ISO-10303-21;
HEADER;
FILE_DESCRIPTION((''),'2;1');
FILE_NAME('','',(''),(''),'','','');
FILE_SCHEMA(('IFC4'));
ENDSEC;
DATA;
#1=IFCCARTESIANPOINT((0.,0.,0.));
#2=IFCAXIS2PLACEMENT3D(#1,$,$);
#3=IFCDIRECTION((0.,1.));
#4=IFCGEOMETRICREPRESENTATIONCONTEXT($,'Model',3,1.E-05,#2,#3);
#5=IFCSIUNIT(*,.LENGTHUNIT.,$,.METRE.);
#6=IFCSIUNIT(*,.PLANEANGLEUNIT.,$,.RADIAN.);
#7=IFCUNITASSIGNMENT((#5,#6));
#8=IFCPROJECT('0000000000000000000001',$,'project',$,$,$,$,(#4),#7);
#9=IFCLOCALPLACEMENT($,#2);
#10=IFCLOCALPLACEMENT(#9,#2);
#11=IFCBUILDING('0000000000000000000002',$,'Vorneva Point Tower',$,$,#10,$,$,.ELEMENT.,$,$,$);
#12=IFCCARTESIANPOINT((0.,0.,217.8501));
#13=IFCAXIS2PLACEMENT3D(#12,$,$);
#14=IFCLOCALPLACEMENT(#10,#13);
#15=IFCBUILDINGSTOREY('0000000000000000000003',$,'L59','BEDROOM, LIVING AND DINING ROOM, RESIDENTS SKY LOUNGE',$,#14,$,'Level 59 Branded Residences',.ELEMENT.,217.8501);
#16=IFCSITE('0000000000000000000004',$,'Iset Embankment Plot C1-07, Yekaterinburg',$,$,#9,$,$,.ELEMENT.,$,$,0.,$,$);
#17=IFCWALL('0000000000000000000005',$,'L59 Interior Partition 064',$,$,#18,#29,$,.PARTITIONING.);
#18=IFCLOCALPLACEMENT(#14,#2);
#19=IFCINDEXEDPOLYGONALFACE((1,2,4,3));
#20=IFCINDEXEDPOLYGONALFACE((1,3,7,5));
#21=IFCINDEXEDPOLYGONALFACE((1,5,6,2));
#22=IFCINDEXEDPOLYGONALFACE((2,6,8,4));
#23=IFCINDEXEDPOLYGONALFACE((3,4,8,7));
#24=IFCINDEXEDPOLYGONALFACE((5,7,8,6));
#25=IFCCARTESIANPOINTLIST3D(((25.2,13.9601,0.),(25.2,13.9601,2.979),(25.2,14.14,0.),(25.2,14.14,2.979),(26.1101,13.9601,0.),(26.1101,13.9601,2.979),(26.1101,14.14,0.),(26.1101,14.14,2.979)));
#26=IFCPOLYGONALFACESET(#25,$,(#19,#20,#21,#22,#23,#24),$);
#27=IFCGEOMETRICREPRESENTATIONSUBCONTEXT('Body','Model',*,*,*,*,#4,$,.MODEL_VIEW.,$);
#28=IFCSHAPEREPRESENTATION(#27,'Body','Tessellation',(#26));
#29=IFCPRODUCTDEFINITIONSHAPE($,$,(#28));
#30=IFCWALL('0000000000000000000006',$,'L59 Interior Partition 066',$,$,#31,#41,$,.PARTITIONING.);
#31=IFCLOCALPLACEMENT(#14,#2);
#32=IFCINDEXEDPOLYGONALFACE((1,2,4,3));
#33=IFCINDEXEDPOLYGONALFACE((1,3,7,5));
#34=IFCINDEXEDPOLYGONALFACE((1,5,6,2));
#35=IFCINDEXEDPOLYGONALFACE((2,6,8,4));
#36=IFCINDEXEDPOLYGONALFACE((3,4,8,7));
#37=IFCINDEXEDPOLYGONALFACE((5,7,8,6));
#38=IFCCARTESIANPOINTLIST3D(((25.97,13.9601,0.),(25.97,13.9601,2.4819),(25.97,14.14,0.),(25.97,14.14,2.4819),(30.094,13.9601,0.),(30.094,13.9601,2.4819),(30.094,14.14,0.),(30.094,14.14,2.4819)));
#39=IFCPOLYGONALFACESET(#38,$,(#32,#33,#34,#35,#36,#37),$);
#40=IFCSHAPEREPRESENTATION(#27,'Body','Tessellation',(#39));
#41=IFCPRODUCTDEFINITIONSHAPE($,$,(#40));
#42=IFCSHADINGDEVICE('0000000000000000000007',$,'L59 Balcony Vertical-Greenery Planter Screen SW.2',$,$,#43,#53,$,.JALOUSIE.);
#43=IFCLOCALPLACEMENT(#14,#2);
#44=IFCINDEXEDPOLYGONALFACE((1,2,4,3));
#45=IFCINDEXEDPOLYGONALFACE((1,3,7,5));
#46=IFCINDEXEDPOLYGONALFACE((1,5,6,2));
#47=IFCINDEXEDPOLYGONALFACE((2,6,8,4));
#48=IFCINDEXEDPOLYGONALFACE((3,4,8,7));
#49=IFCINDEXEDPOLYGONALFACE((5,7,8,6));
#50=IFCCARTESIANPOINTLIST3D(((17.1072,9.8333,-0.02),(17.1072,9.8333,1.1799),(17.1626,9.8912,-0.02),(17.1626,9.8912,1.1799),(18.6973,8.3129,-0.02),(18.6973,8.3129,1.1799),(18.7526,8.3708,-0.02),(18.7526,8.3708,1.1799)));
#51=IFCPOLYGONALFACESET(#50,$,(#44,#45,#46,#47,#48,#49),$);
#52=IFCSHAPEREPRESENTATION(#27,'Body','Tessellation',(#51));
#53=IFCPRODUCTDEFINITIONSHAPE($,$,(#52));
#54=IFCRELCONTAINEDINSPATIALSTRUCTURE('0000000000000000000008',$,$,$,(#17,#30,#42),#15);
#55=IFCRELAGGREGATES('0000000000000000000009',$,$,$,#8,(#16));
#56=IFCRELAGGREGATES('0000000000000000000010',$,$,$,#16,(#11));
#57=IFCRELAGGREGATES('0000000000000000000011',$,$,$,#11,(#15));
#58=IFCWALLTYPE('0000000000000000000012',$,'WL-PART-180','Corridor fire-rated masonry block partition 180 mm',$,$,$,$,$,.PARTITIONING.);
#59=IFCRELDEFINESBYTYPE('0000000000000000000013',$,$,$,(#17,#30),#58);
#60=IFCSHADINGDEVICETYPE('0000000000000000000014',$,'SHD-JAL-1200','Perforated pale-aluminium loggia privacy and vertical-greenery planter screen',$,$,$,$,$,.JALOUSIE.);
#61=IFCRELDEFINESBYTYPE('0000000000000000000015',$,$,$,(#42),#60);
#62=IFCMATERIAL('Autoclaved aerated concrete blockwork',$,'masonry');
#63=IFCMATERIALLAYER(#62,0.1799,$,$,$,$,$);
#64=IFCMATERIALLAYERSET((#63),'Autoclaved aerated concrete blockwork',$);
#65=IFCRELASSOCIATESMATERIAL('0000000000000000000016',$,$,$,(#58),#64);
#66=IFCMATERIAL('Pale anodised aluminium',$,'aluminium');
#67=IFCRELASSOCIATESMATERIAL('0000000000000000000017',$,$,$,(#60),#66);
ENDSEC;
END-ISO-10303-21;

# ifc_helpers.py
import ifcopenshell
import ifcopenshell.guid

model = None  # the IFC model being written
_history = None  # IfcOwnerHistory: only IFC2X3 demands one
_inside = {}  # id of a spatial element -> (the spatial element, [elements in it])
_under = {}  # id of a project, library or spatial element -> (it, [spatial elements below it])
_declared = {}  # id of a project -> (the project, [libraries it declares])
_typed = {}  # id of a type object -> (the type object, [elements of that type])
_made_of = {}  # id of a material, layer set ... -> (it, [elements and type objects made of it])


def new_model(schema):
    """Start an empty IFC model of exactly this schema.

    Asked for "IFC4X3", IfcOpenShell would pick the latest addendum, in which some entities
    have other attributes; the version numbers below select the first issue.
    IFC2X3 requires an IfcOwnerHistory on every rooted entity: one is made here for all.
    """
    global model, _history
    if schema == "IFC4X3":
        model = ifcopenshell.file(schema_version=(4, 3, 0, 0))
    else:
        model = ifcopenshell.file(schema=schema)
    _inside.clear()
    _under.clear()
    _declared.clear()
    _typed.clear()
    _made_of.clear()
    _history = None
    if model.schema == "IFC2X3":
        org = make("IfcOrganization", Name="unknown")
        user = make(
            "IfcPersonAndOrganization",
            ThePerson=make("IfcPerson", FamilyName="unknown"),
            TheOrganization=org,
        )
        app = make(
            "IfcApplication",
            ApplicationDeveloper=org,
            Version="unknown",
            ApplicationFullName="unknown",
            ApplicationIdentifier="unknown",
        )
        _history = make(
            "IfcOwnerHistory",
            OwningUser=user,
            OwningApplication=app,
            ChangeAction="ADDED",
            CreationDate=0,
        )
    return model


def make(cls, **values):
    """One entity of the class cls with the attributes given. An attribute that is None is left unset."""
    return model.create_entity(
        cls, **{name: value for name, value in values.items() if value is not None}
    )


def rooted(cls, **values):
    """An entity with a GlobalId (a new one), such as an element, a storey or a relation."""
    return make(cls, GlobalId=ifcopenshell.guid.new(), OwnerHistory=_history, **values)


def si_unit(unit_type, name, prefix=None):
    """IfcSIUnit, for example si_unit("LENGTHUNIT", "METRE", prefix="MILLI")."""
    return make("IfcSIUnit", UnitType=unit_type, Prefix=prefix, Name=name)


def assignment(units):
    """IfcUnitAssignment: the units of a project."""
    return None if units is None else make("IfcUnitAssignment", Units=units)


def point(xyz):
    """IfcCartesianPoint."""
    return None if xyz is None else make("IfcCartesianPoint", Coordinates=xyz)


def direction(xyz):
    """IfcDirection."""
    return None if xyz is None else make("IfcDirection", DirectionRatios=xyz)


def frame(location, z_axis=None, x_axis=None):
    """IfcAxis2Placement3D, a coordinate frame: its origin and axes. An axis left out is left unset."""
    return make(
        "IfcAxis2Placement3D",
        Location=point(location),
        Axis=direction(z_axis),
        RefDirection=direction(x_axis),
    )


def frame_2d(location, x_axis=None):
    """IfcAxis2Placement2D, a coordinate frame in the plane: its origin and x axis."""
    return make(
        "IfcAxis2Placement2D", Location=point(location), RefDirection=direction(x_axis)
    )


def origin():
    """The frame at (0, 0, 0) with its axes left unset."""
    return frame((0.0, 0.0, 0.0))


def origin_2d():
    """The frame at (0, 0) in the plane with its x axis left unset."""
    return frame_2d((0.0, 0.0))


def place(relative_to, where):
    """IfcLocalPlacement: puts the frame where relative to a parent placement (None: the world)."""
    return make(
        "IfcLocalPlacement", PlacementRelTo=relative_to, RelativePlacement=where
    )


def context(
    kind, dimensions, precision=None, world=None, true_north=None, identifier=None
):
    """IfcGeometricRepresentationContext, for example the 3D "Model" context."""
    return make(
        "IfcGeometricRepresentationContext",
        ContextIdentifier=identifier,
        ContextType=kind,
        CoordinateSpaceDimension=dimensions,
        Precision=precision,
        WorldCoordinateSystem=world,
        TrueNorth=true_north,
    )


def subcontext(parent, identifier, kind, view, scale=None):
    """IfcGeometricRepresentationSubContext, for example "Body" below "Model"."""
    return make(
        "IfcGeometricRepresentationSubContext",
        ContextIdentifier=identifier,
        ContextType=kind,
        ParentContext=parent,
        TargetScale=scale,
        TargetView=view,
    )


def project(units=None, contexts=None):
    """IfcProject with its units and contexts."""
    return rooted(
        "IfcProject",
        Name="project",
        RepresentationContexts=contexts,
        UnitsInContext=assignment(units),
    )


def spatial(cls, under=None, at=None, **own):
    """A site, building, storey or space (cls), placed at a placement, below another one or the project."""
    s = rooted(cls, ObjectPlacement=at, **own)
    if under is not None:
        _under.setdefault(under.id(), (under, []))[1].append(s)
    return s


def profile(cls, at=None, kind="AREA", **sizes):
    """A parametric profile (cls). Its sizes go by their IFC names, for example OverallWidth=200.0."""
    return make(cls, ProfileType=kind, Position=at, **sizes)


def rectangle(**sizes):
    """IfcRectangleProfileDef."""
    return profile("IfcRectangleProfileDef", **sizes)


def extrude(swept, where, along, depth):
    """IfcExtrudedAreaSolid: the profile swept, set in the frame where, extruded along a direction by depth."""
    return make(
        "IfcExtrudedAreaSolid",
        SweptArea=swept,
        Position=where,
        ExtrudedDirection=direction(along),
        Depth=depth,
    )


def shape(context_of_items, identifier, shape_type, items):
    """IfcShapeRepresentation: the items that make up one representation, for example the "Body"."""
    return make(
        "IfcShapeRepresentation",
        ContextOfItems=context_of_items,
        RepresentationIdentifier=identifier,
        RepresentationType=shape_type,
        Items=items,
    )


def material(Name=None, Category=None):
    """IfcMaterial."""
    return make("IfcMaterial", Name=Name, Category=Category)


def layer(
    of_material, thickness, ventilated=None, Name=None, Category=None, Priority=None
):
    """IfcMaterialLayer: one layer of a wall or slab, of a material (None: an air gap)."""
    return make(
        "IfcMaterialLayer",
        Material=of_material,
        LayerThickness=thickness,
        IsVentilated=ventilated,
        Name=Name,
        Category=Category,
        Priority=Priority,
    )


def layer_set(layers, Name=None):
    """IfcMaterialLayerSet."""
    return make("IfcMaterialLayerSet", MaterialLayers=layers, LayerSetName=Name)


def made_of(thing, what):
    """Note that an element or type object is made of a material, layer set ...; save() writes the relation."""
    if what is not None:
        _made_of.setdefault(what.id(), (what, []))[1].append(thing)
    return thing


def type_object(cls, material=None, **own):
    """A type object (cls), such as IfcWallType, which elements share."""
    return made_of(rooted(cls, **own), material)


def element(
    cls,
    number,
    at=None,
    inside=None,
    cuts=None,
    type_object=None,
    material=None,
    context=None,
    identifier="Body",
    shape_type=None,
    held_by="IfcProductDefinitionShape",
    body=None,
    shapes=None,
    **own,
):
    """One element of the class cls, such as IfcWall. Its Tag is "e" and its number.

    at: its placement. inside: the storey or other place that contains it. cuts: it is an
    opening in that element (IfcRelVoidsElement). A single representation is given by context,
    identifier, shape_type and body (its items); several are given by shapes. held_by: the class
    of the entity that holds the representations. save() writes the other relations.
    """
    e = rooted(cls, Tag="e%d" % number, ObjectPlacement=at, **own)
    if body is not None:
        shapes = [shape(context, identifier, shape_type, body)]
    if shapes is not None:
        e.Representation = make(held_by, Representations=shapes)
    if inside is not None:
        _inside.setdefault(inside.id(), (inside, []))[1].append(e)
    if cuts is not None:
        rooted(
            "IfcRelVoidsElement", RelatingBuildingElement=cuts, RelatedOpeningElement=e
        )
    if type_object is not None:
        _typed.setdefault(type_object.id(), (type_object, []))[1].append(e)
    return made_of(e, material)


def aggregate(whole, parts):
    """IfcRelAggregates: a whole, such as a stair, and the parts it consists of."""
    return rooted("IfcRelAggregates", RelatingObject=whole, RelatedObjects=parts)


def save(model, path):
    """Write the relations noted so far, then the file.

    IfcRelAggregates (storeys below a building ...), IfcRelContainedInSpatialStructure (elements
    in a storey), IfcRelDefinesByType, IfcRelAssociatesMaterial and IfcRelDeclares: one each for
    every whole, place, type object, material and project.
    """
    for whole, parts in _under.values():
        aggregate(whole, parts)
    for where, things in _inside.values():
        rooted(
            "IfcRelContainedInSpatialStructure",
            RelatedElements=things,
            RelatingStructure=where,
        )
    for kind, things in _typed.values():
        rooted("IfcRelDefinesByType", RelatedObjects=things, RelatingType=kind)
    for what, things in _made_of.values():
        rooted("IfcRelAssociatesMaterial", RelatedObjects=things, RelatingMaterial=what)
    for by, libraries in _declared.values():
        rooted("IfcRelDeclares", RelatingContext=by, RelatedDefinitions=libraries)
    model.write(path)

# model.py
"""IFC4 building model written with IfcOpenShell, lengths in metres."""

from ifc_helpers import new_model, si_unit, direction, frame, frame_2d, origin, origin_2d, place, context, subcontext, project, spatial, rectangle, extrude, material, layer, layer_set, type_object, element, save


model = new_model("IFC4")

# Units and contexts
model_context = context("Model", 3, precision=1e-05, world=origin(), true_north=direction((0.0, 1.0)))
body_context = subcontext(model_context, "Body", "Model", "MODEL_VIEW")
ifc_project = project(units=[si_unit("LENGTHUNIT", "METRE"), si_unit("PLANEANGLEUNIT", "RADIAN")], contexts=[model_context])

# Site, building, storey
site_placement = place(None, origin())
site = spatial("IfcSite", under=ifc_project, at=site_placement, Name="Iset Embankment Plot C1-07, Yekaterinburg", CompositionType="ELEMENT", RefElevation=0.0)
building_placement = place(site_placement, origin())
building = spatial("IfcBuilding", under=site, at=building_placement, Name="Vorneva Point Tower", CompositionType="ELEMENT")
storey_placement = place(building_placement, frame((0.0, 0.0, 217.8501)))
storey = spatial("IfcBuildingStorey", under=building, at=storey_placement, Name="L59", Description="BEDROOM, LIVING AND DINING ROOM, RESIDENTS SKY LOUNGE", LongName="Level 59 Branded Residences", CompositionType="ELEMENT", Elevation=217.8501)

# Shared definitions
ifc_material_1 = material(Name="Pale anodised aluminium", Category="aluminium")

# Shared definitions
ifc_material_2 = material(Name="Autoclaved aerated concrete blockwork", Category="masonry")
ifc_layer_1 = layer(ifc_material_2, 0.1799)
ifc_layer_set_1 = layer_set([ifc_layer_1], Name="Autoclaved aerated concrete blockwork")
wall_type_1 = type_object("IfcWallType", Name="WL-PART-180", Description="Corridor fire-rated masonry block partition 180 mm", PredefinedType="PARTITIONING", material=ifc_layer_set_1)

# Walls
wall_1_placement = place(storey_placement, frame((25.2, 14.05, 0.0), z_axis=(0.0, 0.0, 1.0), x_axis=(1.0, 0.0, 0.0)))
element("IfcWall", 1, at=wall_1_placement, inside=storey, type_object=wall_type_1, Name="L59 Interior Partition 064", PredefinedType="PARTITIONING", context=body_context, shape_type="SweptSolid", body=[
    extrude(rectangle(XDim=0.9102, YDim=0.1799, at=frame_2d((0.4551, 0.0))), origin(), (0.0, 0.0, 1.0), 2.979),
])
wall_2_placement = place(storey_placement, frame((25.97, 14.05, 0.0), z_axis=(0.0, 0.0, 1.0), x_axis=(1.0, 0.0, 0.0)))
element("IfcWall", 2, at=wall_2_placement, inside=storey, type_object=wall_type_1, Name="L59 Interior Partition 066", PredefinedType="PARTITIONING", context=body_context, shape_type="SweptSolid", body=[
    extrude(rectangle(XDim=4.124, YDim=0.1799, at=frame_2d((2.062, 0.0))), origin(), (0.0, 0.0, 1.0), 2.4819),
])

# Shading device
shading_device_type = type_object("IfcShadingDeviceType", Name="SHD-JAL-1200", Description="Perforated pale-aluminium loggia privacy and vertical-greenery planter screen", PredefinedType="JALOUSIE", material=ifc_material_1)
shading_device_placement = place(storey_placement, frame((17.9299, 9.1021, -0.02), z_axis=(0.0, 0.0, 1.0), x_axis=(0.722774, -0.691084, 0.0)))
element("IfcShadingDevice", 3, at=shading_device_placement, inside=storey, type_object=shading_device_type, Name="L59 Balcony Vertical-Greenery Planter Screen SW.2", PredefinedType="JALOUSIE", context=body_context, shape_type="SweptSolid", body=[
    extrude(rectangle(XDim=2.2, YDim=0.0801, at=origin_2d()), origin(), (0.0, 0.0, 1.0), 1.2),
])

save(model, "model.ifc")
